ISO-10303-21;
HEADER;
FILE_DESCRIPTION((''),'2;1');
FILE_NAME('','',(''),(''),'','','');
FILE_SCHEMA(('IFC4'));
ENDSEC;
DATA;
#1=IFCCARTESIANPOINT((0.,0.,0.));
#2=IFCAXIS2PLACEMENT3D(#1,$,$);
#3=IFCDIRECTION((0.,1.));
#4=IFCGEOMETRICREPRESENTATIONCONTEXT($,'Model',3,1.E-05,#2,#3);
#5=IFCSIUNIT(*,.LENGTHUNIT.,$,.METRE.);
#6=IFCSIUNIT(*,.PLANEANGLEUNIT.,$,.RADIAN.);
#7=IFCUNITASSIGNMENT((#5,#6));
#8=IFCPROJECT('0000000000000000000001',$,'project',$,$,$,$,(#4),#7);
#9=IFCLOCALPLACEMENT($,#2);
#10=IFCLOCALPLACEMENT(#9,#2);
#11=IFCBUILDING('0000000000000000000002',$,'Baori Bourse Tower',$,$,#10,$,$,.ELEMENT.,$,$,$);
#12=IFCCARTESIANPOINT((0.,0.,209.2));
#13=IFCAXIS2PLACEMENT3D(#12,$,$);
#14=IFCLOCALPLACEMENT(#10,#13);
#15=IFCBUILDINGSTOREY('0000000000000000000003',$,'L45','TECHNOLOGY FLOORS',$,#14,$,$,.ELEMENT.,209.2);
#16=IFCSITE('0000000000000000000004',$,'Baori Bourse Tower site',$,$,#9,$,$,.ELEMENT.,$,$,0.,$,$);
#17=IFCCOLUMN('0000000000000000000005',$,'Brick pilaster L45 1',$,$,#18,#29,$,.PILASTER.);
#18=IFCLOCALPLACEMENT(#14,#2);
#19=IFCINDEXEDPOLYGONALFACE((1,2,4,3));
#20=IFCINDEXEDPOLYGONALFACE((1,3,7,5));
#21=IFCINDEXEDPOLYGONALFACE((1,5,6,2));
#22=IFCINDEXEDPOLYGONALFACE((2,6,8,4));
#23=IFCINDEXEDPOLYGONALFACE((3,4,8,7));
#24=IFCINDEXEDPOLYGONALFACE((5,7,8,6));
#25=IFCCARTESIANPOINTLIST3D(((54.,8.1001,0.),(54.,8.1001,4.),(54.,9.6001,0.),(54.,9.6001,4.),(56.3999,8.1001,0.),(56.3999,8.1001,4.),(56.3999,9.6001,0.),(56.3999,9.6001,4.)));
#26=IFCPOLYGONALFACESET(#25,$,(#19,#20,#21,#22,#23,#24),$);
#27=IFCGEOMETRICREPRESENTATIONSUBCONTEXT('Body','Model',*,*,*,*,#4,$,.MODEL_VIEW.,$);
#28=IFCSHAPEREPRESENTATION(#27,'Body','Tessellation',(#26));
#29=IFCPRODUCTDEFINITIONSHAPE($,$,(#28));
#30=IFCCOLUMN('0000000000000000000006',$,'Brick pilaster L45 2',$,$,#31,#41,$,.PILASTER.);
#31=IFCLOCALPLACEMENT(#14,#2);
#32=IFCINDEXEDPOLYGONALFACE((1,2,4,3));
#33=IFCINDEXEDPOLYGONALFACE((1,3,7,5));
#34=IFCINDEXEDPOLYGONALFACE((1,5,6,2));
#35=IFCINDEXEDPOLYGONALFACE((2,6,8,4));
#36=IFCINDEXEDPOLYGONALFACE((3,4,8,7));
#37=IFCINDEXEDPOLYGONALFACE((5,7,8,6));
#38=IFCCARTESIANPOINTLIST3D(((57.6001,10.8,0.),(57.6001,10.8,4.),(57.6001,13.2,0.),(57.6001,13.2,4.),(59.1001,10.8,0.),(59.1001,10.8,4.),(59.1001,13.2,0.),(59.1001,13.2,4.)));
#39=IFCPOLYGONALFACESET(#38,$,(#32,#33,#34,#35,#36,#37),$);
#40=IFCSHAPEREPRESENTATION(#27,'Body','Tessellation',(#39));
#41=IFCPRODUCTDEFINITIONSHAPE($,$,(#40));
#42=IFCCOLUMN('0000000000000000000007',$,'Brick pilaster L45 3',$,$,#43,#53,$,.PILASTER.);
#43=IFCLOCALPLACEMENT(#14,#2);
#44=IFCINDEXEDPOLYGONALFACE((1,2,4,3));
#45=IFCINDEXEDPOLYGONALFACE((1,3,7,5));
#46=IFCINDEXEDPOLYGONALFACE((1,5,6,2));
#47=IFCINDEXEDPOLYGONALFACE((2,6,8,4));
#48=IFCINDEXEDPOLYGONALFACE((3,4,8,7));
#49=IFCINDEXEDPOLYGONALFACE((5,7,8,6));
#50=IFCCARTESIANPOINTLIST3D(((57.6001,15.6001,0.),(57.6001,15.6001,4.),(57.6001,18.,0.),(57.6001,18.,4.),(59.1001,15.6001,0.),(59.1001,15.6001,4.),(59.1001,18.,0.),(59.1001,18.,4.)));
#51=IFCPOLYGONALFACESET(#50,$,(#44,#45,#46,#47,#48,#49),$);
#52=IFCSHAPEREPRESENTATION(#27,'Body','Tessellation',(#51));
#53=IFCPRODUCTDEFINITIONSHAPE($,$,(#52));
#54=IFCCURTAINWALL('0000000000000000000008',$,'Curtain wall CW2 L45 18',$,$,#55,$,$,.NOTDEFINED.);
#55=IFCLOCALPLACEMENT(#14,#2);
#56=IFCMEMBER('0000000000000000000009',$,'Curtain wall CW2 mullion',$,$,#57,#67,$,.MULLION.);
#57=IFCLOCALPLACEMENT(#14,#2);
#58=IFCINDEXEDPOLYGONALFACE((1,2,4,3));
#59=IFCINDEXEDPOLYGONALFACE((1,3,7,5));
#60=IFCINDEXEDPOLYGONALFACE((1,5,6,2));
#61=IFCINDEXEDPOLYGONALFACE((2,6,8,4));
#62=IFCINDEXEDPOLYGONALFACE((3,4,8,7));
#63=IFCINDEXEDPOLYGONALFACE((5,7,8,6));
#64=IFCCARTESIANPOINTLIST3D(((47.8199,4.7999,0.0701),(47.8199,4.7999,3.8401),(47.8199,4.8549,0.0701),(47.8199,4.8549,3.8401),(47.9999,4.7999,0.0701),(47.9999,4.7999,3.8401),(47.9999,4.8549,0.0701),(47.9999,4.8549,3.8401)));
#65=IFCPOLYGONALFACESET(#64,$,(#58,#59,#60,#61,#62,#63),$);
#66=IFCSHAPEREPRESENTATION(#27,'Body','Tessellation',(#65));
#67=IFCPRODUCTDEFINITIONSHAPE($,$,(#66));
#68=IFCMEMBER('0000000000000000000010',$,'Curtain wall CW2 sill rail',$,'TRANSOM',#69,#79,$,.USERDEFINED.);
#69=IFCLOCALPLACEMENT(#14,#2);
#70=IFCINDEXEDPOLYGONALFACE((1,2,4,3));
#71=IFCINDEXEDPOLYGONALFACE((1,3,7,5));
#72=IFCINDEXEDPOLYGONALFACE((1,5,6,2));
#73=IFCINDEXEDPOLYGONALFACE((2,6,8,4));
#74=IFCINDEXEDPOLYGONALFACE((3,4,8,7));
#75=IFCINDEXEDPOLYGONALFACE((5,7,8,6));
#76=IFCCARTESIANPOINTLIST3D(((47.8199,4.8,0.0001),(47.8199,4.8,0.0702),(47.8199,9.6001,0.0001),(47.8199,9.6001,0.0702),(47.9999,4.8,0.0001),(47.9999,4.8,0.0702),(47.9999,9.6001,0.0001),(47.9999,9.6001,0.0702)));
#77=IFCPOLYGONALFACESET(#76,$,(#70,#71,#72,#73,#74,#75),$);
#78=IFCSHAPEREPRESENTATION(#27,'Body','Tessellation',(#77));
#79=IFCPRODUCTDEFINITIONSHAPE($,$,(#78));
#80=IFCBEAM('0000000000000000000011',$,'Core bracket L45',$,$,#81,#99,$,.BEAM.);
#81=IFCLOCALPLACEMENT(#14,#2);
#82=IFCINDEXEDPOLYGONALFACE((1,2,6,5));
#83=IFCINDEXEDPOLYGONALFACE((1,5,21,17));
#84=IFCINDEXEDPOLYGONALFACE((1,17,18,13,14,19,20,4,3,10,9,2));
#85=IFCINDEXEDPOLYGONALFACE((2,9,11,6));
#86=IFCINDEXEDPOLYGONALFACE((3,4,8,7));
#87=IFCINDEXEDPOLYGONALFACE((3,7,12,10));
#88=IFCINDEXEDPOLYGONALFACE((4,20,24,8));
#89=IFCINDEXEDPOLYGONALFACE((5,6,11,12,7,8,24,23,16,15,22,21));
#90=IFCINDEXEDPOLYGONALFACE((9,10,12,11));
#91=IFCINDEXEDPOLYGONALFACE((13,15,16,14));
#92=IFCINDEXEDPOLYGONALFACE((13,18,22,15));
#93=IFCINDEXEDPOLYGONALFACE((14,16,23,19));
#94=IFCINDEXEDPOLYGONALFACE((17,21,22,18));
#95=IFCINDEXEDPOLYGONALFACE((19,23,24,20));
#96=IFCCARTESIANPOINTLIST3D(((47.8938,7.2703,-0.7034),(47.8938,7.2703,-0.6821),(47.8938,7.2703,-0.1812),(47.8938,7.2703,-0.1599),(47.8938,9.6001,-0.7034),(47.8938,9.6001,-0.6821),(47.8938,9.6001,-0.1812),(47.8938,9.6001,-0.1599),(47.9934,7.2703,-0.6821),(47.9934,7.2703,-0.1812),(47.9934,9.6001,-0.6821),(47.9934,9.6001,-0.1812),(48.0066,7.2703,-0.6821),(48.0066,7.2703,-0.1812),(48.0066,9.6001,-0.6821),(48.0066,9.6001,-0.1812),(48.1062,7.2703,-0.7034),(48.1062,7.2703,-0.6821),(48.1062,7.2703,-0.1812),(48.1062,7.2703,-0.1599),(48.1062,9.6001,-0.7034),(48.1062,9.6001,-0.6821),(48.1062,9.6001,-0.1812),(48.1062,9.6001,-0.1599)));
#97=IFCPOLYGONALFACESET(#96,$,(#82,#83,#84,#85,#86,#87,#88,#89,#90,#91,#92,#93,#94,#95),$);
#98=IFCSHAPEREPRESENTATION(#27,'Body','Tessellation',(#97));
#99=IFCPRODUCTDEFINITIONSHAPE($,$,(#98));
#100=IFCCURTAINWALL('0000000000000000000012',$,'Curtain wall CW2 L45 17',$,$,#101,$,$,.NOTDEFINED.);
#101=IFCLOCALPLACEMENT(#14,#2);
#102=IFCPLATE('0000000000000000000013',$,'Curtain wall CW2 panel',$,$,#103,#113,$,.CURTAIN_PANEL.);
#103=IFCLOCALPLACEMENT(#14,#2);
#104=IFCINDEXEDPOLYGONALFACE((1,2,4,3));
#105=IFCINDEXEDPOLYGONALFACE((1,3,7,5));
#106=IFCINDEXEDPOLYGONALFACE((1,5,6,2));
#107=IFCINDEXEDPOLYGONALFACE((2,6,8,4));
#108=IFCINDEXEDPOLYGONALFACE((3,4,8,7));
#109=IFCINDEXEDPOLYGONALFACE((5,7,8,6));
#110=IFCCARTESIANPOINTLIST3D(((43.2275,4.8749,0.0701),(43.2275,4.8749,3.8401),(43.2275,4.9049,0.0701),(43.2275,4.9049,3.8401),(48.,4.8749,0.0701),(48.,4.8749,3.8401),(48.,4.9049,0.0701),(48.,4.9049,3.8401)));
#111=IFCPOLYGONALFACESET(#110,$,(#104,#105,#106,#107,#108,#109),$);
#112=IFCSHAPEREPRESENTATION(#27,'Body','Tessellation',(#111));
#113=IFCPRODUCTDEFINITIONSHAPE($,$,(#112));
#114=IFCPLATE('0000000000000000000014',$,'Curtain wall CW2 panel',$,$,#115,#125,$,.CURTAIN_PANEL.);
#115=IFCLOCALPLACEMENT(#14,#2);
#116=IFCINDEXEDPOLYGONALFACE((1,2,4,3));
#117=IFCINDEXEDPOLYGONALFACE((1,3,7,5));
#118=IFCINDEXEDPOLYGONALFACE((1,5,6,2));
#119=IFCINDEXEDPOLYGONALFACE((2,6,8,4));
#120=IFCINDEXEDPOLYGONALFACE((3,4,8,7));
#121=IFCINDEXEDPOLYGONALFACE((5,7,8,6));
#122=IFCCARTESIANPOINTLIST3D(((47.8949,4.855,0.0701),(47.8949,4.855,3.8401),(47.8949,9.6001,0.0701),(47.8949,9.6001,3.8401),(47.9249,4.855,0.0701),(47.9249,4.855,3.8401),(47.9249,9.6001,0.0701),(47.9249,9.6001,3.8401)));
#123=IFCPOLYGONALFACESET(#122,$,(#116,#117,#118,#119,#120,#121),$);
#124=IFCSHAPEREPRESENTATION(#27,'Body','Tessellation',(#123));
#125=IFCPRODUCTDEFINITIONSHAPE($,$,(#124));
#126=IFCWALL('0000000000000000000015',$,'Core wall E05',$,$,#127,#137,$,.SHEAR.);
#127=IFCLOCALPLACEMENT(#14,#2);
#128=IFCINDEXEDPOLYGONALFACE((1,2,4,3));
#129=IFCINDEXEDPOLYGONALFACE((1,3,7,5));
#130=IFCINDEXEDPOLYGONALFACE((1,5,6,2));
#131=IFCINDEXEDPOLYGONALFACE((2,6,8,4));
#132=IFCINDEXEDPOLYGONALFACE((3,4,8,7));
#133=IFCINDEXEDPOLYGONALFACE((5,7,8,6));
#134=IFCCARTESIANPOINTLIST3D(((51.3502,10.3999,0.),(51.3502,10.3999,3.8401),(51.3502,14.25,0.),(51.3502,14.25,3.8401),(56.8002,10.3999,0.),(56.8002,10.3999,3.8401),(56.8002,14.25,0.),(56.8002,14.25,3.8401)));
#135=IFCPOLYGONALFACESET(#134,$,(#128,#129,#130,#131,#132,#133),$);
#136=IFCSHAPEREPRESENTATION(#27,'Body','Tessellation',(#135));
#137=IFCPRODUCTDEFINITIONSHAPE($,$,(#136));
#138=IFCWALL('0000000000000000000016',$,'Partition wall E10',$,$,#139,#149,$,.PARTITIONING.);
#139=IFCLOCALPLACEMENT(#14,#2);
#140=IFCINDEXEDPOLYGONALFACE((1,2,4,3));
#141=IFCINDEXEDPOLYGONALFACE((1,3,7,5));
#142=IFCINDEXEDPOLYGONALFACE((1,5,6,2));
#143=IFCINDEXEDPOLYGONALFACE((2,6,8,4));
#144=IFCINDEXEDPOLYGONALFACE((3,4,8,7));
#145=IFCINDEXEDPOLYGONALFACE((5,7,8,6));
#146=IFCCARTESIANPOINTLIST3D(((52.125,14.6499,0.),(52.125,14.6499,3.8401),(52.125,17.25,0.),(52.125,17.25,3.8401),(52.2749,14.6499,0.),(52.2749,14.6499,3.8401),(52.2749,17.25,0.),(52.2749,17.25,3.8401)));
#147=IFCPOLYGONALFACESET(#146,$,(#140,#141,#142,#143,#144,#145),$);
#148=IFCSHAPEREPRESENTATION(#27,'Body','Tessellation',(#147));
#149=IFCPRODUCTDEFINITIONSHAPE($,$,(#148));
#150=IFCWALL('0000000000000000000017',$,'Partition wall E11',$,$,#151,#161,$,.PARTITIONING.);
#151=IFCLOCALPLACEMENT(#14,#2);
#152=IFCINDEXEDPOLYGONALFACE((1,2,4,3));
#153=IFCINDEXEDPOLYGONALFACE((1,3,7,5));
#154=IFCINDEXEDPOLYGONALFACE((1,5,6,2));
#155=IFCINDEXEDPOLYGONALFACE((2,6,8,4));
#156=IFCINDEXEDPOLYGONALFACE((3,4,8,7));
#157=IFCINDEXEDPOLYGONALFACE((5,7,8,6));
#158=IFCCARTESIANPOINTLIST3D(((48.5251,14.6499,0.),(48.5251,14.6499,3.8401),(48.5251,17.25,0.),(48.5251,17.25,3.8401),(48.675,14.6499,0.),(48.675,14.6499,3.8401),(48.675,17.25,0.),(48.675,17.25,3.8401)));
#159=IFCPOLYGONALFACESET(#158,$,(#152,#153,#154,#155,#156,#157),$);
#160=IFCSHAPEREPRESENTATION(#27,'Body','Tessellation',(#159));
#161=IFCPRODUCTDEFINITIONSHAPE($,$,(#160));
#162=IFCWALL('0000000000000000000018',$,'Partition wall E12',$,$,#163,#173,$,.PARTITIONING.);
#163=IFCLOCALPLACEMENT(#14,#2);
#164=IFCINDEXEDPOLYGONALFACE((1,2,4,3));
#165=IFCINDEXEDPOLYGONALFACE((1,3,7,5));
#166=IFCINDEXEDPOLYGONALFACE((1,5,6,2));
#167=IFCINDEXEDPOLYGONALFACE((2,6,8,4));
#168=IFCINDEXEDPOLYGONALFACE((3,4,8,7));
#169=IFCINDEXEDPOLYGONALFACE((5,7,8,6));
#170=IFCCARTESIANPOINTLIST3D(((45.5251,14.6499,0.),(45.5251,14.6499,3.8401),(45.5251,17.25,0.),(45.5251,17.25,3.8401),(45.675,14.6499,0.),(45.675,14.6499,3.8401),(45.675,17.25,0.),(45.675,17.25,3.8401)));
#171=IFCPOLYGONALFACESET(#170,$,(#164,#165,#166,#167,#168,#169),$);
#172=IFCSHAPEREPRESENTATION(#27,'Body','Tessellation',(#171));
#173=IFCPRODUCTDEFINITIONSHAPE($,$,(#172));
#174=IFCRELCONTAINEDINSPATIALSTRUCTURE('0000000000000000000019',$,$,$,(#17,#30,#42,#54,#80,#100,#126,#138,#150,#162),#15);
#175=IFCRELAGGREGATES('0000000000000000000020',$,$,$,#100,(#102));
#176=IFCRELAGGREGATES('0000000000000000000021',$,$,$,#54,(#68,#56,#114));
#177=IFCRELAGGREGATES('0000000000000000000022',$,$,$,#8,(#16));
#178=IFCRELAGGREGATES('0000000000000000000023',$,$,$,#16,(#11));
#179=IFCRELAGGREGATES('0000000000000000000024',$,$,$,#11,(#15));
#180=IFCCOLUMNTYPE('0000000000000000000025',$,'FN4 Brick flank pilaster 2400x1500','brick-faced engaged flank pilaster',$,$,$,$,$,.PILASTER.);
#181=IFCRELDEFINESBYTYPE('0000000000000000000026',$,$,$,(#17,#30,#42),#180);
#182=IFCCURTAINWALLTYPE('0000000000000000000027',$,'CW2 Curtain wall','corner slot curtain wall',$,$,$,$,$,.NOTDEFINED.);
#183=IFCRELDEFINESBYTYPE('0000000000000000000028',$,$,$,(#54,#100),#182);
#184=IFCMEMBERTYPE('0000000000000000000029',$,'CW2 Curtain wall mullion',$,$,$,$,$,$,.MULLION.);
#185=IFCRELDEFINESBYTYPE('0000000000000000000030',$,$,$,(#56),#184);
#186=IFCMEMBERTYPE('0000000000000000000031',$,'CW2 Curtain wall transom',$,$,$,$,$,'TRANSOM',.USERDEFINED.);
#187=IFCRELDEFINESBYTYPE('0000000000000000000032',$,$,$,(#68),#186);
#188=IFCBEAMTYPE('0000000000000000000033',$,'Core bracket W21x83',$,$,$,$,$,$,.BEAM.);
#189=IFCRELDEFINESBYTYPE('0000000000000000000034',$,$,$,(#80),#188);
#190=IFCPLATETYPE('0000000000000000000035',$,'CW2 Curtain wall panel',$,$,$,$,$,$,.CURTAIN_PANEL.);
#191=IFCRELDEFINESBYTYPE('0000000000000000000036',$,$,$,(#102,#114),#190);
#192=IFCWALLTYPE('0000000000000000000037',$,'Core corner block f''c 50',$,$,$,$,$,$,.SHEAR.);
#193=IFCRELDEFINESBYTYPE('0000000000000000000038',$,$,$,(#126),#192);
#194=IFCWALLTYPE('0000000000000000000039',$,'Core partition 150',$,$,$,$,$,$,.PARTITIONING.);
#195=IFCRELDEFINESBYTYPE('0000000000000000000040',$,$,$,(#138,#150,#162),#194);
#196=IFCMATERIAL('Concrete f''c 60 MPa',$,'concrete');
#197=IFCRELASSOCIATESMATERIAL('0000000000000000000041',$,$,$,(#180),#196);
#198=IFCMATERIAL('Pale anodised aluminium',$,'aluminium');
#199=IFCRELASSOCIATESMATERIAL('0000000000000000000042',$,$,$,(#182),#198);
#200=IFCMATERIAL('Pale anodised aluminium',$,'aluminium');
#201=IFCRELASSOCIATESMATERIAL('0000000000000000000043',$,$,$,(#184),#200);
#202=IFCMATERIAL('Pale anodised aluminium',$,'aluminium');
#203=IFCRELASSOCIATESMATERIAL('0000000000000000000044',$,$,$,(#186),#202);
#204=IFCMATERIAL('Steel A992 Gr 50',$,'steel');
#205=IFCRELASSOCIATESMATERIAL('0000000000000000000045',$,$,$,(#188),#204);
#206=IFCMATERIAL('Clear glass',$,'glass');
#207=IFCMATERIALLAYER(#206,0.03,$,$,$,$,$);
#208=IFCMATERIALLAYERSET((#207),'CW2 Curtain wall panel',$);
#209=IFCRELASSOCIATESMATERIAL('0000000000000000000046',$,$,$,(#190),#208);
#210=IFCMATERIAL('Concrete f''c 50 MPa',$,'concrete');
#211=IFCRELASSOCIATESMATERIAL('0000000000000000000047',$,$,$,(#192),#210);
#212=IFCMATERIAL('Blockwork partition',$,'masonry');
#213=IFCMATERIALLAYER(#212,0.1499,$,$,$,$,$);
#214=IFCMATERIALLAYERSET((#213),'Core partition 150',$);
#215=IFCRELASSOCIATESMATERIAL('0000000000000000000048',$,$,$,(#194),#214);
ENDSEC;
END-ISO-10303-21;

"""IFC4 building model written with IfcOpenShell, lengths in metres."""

from ifc_helpers import new_model, si_unit, direction, frame, frame_2d, origin, origin_2d, place, context, subcontext, project, spatial, rectangle, i_section, extrude, material, layer, layer_set, material_profile, profile_set, type_object, element, aggregate, save


model = new_model("IFC4")

# Units and contexts
model_context = context("Model", 3, precision=1e-05, world=origin(), true_north=direction((0.0, 1.0)))
body_context = subcontext(model_context, "Body", "Model", "MODEL_VIEW")
ifc_project = project(units=[si_unit("LENGTHUNIT", "METRE"), si_unit("PLANEANGLEUNIT", "RADIAN")], contexts=[model_context])

# Site, building, storey
site_placement = place(None, origin())
site = spatial("IfcSite", under=ifc_project, at=site_placement, Name="Baori Bourse Tower site", CompositionType="ELEMENT", RefElevation=0.0)
building_placement = place(site_placement, origin())
building = spatial("IfcBuilding", under=site, at=building_placement, Name="Baori Bourse Tower", CompositionType="ELEMENT")
storey_placement = place(building_placement, frame((0.0, 0.0, 209.2)))
storey = spatial("IfcBuildingStorey", under=building, at=storey_placement, Name="L45", Description="TECHNOLOGY FLOORS", CompositionType="ELEMENT", Elevation=209.2)

# Columns
ifc_material_1 = material(Name="Concrete f'c 60 MPa", Category="concrete")
ifc_material_profile_1 = material_profile(ifc_material_1, rectangle(XDim=2.3999, YDim=1.5, at=origin_2d()), Name="RC 2400x1500")
ifc_profile_set_1 = profile_set([ifc_material_profile_1], Name="Concrete f'c 60 MPa")
column_type = type_object("IfcColumnType", Name="FN4 Brick flank pilaster 2400x1500", Description="brick-faced engaged flank pilaster", PredefinedType="PILASTER", material=ifc_profile_set_1)
for number, where, z_axis, x_axis, name in (
    (1, (55.2, 8.8501, 0.0), (0.0, 0.0, 1.0), (1.0, 0.0, 0.0), "Brick pilaster L45 1"),
    (2, (58.3501, 12.0, 0.0), (0.0, 0.0, 1.0), (0.0, 1.0, 0.0), "Brick pilaster L45 2"),
    (3, (58.3501, 16.8, 0.0), (0.0, 0.0, 1.0), (0.0, 1.0, 0.0), "Brick pilaster L45 3"),
):
    element("IfcColumn", number, at=place(storey_placement, frame(where, z_axis=z_axis, x_axis=x_axis)), inside=storey, type_object=column_type, Name=name, PredefinedType="PILASTER", context=body_context, shape_type="SweptSolid", body=[
        extrude(rectangle(XDim=2.3999, YDim=1.5, at=origin_2d()), origin(), (0.0, 0.0, 1.0), 4.0),
    ])

# Curtain wall, members
ifc_material_2 = material(Name="Pale anodised aluminium", Category="aluminium")
curtain_wall_type = type_object("IfcCurtainWallType", Name="CW2 Curtain wall", Description="corner slot curtain wall", PredefinedType="NOTDEFINED", material=ifc_material_2)
curtain_wall_1_placement = place(storey_placement, origin())
curtain_wall_1 = element("IfcCurtainWall", 4, at=curtain_wall_1_placement, inside=storey, type_object=curtain_wall_type, Name="Curtain wall CW2 L45 18", PredefinedType="NOTDEFINED")
ifc_material_3 = material(Name="Pale anodised aluminium", Category="aluminium")
ifc_material_profile_2 = material_profile(ifc_material_3, rectangle(XDim=0.1799, YDim=0.0549, at=origin_2d()), Name="Mullion 55x180")
ifc_profile_set_2 = profile_set([ifc_material_profile_2], Name="Pale anodised aluminium")
member_type_1 = type_object("IfcMemberType", Name="CW2 Curtain wall mullion", PredefinedType="MULLION", material=ifc_profile_set_2)
member_1_placement = place(storey_placement, frame((47.9099, 4.8274, 0.0701), z_axis=(0.0, 0.0, 1.0), x_axis=(-1.0, 0.0, 0.0)))
member_1 = element("IfcMember", 5, at=member_1_placement, type_object=member_type_1, Name="Curtain wall CW2 mullion", PredefinedType="MULLION", context=body_context, shape_type="SweptSolid", body=[
    extrude(rectangle(XDim=0.1799, YDim=0.0549, at=origin_2d()), origin(), (0.0, 0.0, 1.0), 3.77),
])
ifc_material_4 = material(Name="Pale anodised aluminium", Category="aluminium")
ifc_material_profile_3 = material_profile(ifc_material_4, rectangle(XDim=0.1799, YDim=0.0701, at=origin_2d()), Name="Transom 70x180")
ifc_profile_set_3 = profile_set([ifc_material_profile_3], Name="Pale anodised aluminium")
member_type_2 = type_object("IfcMemberType", Name="CW2 Curtain wall transom", ElementType="TRANSOM", PredefinedType="USERDEFINED", material=ifc_profile_set_3)
member_2_placement = place(storey_placement, frame((47.9099, 4.8, 0.0352), z_axis=(0.0, 1.0, 0.0), x_axis=(-1.0, 0.0, 0.0)))
member_2 = element("IfcMember", 6, at=member_2_placement, type_object=member_type_2, Name="Curtain wall CW2 sill rail", ObjectType="TRANSOM", PredefinedType="USERDEFINED", context=body_context, shape_type="SweptSolid", body=[
    extrude(rectangle(XDim=0.1799, YDim=0.0701, at=origin_2d()), origin(), (0.0, 0.0, 1.0), 4.8),
])

# Beam
ifc_material_5 = material(Name="Steel A992 Gr 50", Category="steel")
ifc_material_profile_4 = material_profile(ifc_material_5, i_section(OverallWidth=0.2124, OverallDepth=0.5435, WebThickness=0.0132, FlangeThickness=0.0212, at=origin_2d()), Name="W21x83")
ifc_profile_set_4 = profile_set([ifc_material_profile_4], Name="Steel A992 Gr 50")
beam_type = type_object("IfcBeamType", Name="Core bracket W21x83", PredefinedType="BEAM", material=ifc_profile_set_4)
beam_placement = place(storey_placement, frame((48.0, 7.2703, -0.4316), z_axis=(0.0, 1.0, 0.0), x_axis=(-1.0, 0.0, 0.0)))
element("IfcBeam", 7, at=beam_placement, inside=storey, type_object=beam_type, Name="Core bracket L45", PredefinedType="BEAM", context=body_context, shape_type="SweptSolid", body=[
    extrude(i_section(OverallWidth=0.2124, OverallDepth=0.5435, WebThickness=0.0132, FlangeThickness=0.0212, at=origin_2d()), origin(), (0.0, 0.0, 1.0), 2.3298),
])

# Curtain wall, plate
curtain_wall_2_placement = place(storey_placement, origin())
curtain_wall_2 = element("IfcCurtainWall", 8, at=curtain_wall_2_placement, inside=storey, type_object=curtain_wall_type, Name="Curtain wall CW2 L45 17", PredefinedType="NOTDEFINED")
ifc_material_6 = material(Name="Clear glass", Category="glass")
ifc_layer_1 = layer(ifc_material_6, 0.03)
ifc_layer_set_1 = layer_set([ifc_layer_1], Name="CW2 Curtain wall panel")
plate_type = type_object("IfcPlateType", Name="CW2 Curtain wall panel", PredefinedType="CURTAIN_PANEL", material=ifc_layer_set_1)
plate_1_placement = place(storey_placement, frame((45.6138, 4.8899, 0.0701), z_axis=(0.0, 0.0, 1.0), x_axis=(1.0, 0.0, 0.0)))
plate_1 = element("IfcPlate", 9, at=plate_1_placement, type_object=plate_type, Name="Curtain wall CW2 panel", PredefinedType="CURTAIN_PANEL", context=body_context, shape_type="SweptSolid", body=[
    extrude(rectangle(XDim=4.7725, YDim=0.03, at=origin_2d()), origin(), (0.0, 0.0, 1.0), 3.77),
])
aggregate(curtain_wall_2, [plate_1])

# Plate
plate_2_placement = place(storey_placement, frame((47.9099, 7.2275, 0.0701), z_axis=(0.0, 0.0, 1.0), x_axis=(0.0, 1.0, 0.0)))
plate_2 = element("IfcPlate", 10, at=plate_2_placement, type_object=plate_type, Name="Curtain wall CW2 panel", PredefinedType="CURTAIN_PANEL", context=body_context, shape_type="SweptSolid", body=[
    extrude(rectangle(XDim=4.7451, YDim=0.03, at=origin_2d()), origin(), (0.0, 0.0, 1.0), 3.77),
])
aggregate(curtain_wall_1, [member_2, member_1, plate_2])

# Walls
ifc_material_7 = material(Name="Concrete f'c 50 MPa", Category="concrete")
wall_type_1 = type_object("IfcWallType", Name="Core corner block f'c 50", PredefinedType="SHEAR", material=ifc_material_7)
wall_1_placement = place(storey_placement, frame((51.3501, 12.325, 0.0), z_axis=(0.0, 0.0, 1.0), x_axis=(1.0, 0.0, 0.0)))
element("IfcWall", 11, at=wall_1_placement, inside=storey, type_object=wall_type_1, Name="Core wall E05", PredefinedType="SHEAR", context=body_context, shape_type="SweptSolid", body=[
    extrude(rectangle(XDim=5.45, YDim=3.8501, at=frame_2d((2.7251, 0.0))), origin(), (0.0, 0.0, 1.0), 3.8401),
])
ifc_material_8 = material(Name="Blockwork partition", Category="masonry")
ifc_layer_2 = layer(ifc_material_8, 0.1499)
ifc_layer_set_2 = layer_set([ifc_layer_2], Name="Core partition 150")
wall_type_2 = type_object("IfcWallType", Name="Core partition 150", PredefinedType="PARTITIONING", material=ifc_layer_set_2)
for number, where, z_axis, x_axis, name in (
    (12, (52.2, 14.6499, 0.0), (0.0, 0.0, 1.0), (0.0, 1.0, 0.0), "Partition wall E10"),
    (13, (48.6001, 14.6499, 0.0), (0.0, 0.0, 1.0), (0.0, 1.0, 0.0), "Partition wall E11"),
    (14, (45.6001, 14.6499, 0.0), (0.0, 0.0, 1.0), (0.0, 1.0, 0.0), "Partition wall E12"),
):
    element("IfcWall", number, at=place(storey_placement, frame(where, z_axis=z_axis, x_axis=x_axis)), inside=storey, type_object=wall_type_2, Name=name, PredefinedType="PARTITIONING", context=body_context, shape_type="SweptSolid", body=[
        extrude(rectangle(XDim=2.6001, YDim=0.1499, at=frame_2d((1.3, 0.0))), origin(), (0.0, 0.0, 1.0), 3.8401),
    ])

save(model, "model.ifc")
